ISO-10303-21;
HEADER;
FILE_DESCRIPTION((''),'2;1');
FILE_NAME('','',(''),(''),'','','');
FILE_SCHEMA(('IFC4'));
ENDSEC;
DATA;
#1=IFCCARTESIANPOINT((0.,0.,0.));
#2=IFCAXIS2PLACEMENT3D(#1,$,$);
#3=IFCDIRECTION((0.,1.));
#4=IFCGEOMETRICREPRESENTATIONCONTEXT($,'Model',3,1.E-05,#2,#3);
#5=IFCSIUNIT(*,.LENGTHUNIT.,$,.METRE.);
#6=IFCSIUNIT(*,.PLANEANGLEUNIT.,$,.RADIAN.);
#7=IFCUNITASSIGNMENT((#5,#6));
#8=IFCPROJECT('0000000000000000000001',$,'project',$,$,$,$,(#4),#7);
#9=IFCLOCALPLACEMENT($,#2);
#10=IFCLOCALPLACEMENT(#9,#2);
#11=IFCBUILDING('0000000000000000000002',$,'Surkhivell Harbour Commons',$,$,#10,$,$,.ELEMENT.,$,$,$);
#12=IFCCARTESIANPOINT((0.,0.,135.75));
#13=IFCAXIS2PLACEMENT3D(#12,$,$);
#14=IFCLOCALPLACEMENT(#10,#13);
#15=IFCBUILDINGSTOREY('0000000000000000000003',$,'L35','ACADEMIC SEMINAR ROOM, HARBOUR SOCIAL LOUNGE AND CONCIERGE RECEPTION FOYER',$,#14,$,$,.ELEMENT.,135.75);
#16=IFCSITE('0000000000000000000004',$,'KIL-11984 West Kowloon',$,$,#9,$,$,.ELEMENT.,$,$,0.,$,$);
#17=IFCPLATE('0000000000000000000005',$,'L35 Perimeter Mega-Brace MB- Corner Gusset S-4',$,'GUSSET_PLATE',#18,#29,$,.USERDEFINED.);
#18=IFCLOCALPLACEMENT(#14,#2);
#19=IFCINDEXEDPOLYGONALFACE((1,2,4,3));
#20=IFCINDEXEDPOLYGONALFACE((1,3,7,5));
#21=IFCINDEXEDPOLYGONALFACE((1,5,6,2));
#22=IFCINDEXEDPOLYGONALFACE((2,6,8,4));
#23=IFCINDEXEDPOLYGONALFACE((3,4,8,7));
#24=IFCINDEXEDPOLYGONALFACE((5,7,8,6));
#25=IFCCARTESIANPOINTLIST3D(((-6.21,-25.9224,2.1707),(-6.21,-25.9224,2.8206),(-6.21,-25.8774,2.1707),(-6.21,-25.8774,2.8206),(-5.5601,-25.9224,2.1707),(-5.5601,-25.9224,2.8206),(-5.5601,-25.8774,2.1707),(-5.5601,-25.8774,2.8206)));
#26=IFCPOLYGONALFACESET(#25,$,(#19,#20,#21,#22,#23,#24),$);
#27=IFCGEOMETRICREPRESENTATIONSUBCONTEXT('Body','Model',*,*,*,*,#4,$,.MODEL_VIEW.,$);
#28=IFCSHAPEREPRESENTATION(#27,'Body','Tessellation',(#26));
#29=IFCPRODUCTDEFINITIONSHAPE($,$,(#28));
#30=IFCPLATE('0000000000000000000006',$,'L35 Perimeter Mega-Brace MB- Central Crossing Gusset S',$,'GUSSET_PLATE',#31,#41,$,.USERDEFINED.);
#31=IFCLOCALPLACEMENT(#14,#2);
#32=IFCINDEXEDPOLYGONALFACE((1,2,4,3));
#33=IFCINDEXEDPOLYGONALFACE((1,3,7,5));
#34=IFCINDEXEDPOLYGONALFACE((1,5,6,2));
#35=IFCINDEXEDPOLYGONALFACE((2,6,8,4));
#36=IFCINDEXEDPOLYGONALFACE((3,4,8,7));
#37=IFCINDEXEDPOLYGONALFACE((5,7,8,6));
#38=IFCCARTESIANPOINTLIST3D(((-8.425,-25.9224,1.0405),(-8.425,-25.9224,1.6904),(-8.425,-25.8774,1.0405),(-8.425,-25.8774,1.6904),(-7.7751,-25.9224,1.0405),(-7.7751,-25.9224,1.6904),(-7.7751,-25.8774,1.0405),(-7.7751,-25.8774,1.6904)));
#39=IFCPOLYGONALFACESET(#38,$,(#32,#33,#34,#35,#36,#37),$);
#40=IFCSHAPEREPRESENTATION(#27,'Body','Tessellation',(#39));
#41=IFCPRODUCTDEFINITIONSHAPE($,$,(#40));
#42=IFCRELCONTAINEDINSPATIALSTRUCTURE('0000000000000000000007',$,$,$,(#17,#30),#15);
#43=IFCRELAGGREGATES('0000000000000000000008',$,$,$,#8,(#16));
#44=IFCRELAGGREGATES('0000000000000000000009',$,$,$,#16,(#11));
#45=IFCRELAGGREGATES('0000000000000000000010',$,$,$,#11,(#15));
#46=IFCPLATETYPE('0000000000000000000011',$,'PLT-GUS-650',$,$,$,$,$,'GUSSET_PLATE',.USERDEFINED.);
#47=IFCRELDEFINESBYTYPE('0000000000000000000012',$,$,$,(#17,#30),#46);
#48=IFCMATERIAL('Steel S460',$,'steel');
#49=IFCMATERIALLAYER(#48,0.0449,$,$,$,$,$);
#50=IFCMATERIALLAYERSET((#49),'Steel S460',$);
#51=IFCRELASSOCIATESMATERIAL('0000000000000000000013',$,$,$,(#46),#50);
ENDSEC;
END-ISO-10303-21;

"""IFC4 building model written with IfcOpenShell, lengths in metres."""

from ifc_helpers import new_model, si_unit, direction, frame, origin, origin_2d, place, context, subcontext, project, spatial, rectangle, extrude, material, layer, layer_set, type_object, element, save


model = new_model("IFC4")

# Units and contexts
model_context = context("Model", 3, precision=1e-05, world=origin(), true_north=direction((0.0, 1.0)))
body_context = subcontext(model_context, "Body", "Model", "MODEL_VIEW")
ifc_project = project(units=[si_unit("LENGTHUNIT", "METRE"), si_unit("PLANEANGLEUNIT", "RADIAN")], contexts=[model_context])

# Site, building, storey
site_placement = place(None, origin())
site = spatial("IfcSite", under=ifc_project, at=site_placement, Name="KIL-11984 West Kowloon", CompositionType="ELEMENT", RefElevation=0.0)
building_placement = place(site_placement, origin())
building = spatial("IfcBuilding", under=site, at=building_placement, Name="Surkhivell Harbour Commons", CompositionType="ELEMENT")
storey_placement = place(building_placement, frame((0.0, 0.0, 135.75)))
storey = spatial("IfcBuildingStorey", under=building, at=storey_placement, Name="L35", Description="ACADEMIC SEMINAR ROOM, HARBOUR SOCIAL LOUNGE AND CONCIERGE RECEPTION FOYER", CompositionType="ELEMENT", Elevation=135.75)

# Shared definitions
ifc_material_1 = material(Name="Steel S460", Category="steel")

# Plates
ifc_layer_1 = layer(ifc_material_1, 0.0449)
ifc_layer_set_1 = layer_set([ifc_layer_1], Name="Steel S460")
plate_type_1 = type_object("IfcPlateType", Name="PLT-GUS-650", ElementType="GUSSET_PLATE", PredefinedType="USERDEFINED", material=ifc_layer_set_1)
for number, where, z_axis, x_axis, name in (
    (1, (-5.885, -25.8999, 2.1707), (0.0, 0.0, 1.0), (1.0, 0.0, 0.0), "L35 Perimeter Mega-Brace MB- Corner Gusset S-4"),
    (2, (-8.1001, -25.8999, 1.0405), (0.0, 0.0, 1.0), (1.0, 0.0, 0.0), "L35 Perimeter Mega-Brace MB- Central Crossing Gusset S"),
):
    element("IfcPlate", number, at=place(storey_placement, frame(where, z_axis=z_axis, x_axis=x_axis)), inside=storey, type_object=plate_type_1, Name=name, ObjectType="GUSSET_PLATE", PredefinedType="USERDEFINED", context=body_context, shape_type="SweptSolid", body=[
        extrude(rectangle(XDim=0.6499, YDim=0.0449, at=origin_2d()), origin(), (0.0, 0.0, 1.0), 0.6499),
    ])

save(model, "model.ifc")
